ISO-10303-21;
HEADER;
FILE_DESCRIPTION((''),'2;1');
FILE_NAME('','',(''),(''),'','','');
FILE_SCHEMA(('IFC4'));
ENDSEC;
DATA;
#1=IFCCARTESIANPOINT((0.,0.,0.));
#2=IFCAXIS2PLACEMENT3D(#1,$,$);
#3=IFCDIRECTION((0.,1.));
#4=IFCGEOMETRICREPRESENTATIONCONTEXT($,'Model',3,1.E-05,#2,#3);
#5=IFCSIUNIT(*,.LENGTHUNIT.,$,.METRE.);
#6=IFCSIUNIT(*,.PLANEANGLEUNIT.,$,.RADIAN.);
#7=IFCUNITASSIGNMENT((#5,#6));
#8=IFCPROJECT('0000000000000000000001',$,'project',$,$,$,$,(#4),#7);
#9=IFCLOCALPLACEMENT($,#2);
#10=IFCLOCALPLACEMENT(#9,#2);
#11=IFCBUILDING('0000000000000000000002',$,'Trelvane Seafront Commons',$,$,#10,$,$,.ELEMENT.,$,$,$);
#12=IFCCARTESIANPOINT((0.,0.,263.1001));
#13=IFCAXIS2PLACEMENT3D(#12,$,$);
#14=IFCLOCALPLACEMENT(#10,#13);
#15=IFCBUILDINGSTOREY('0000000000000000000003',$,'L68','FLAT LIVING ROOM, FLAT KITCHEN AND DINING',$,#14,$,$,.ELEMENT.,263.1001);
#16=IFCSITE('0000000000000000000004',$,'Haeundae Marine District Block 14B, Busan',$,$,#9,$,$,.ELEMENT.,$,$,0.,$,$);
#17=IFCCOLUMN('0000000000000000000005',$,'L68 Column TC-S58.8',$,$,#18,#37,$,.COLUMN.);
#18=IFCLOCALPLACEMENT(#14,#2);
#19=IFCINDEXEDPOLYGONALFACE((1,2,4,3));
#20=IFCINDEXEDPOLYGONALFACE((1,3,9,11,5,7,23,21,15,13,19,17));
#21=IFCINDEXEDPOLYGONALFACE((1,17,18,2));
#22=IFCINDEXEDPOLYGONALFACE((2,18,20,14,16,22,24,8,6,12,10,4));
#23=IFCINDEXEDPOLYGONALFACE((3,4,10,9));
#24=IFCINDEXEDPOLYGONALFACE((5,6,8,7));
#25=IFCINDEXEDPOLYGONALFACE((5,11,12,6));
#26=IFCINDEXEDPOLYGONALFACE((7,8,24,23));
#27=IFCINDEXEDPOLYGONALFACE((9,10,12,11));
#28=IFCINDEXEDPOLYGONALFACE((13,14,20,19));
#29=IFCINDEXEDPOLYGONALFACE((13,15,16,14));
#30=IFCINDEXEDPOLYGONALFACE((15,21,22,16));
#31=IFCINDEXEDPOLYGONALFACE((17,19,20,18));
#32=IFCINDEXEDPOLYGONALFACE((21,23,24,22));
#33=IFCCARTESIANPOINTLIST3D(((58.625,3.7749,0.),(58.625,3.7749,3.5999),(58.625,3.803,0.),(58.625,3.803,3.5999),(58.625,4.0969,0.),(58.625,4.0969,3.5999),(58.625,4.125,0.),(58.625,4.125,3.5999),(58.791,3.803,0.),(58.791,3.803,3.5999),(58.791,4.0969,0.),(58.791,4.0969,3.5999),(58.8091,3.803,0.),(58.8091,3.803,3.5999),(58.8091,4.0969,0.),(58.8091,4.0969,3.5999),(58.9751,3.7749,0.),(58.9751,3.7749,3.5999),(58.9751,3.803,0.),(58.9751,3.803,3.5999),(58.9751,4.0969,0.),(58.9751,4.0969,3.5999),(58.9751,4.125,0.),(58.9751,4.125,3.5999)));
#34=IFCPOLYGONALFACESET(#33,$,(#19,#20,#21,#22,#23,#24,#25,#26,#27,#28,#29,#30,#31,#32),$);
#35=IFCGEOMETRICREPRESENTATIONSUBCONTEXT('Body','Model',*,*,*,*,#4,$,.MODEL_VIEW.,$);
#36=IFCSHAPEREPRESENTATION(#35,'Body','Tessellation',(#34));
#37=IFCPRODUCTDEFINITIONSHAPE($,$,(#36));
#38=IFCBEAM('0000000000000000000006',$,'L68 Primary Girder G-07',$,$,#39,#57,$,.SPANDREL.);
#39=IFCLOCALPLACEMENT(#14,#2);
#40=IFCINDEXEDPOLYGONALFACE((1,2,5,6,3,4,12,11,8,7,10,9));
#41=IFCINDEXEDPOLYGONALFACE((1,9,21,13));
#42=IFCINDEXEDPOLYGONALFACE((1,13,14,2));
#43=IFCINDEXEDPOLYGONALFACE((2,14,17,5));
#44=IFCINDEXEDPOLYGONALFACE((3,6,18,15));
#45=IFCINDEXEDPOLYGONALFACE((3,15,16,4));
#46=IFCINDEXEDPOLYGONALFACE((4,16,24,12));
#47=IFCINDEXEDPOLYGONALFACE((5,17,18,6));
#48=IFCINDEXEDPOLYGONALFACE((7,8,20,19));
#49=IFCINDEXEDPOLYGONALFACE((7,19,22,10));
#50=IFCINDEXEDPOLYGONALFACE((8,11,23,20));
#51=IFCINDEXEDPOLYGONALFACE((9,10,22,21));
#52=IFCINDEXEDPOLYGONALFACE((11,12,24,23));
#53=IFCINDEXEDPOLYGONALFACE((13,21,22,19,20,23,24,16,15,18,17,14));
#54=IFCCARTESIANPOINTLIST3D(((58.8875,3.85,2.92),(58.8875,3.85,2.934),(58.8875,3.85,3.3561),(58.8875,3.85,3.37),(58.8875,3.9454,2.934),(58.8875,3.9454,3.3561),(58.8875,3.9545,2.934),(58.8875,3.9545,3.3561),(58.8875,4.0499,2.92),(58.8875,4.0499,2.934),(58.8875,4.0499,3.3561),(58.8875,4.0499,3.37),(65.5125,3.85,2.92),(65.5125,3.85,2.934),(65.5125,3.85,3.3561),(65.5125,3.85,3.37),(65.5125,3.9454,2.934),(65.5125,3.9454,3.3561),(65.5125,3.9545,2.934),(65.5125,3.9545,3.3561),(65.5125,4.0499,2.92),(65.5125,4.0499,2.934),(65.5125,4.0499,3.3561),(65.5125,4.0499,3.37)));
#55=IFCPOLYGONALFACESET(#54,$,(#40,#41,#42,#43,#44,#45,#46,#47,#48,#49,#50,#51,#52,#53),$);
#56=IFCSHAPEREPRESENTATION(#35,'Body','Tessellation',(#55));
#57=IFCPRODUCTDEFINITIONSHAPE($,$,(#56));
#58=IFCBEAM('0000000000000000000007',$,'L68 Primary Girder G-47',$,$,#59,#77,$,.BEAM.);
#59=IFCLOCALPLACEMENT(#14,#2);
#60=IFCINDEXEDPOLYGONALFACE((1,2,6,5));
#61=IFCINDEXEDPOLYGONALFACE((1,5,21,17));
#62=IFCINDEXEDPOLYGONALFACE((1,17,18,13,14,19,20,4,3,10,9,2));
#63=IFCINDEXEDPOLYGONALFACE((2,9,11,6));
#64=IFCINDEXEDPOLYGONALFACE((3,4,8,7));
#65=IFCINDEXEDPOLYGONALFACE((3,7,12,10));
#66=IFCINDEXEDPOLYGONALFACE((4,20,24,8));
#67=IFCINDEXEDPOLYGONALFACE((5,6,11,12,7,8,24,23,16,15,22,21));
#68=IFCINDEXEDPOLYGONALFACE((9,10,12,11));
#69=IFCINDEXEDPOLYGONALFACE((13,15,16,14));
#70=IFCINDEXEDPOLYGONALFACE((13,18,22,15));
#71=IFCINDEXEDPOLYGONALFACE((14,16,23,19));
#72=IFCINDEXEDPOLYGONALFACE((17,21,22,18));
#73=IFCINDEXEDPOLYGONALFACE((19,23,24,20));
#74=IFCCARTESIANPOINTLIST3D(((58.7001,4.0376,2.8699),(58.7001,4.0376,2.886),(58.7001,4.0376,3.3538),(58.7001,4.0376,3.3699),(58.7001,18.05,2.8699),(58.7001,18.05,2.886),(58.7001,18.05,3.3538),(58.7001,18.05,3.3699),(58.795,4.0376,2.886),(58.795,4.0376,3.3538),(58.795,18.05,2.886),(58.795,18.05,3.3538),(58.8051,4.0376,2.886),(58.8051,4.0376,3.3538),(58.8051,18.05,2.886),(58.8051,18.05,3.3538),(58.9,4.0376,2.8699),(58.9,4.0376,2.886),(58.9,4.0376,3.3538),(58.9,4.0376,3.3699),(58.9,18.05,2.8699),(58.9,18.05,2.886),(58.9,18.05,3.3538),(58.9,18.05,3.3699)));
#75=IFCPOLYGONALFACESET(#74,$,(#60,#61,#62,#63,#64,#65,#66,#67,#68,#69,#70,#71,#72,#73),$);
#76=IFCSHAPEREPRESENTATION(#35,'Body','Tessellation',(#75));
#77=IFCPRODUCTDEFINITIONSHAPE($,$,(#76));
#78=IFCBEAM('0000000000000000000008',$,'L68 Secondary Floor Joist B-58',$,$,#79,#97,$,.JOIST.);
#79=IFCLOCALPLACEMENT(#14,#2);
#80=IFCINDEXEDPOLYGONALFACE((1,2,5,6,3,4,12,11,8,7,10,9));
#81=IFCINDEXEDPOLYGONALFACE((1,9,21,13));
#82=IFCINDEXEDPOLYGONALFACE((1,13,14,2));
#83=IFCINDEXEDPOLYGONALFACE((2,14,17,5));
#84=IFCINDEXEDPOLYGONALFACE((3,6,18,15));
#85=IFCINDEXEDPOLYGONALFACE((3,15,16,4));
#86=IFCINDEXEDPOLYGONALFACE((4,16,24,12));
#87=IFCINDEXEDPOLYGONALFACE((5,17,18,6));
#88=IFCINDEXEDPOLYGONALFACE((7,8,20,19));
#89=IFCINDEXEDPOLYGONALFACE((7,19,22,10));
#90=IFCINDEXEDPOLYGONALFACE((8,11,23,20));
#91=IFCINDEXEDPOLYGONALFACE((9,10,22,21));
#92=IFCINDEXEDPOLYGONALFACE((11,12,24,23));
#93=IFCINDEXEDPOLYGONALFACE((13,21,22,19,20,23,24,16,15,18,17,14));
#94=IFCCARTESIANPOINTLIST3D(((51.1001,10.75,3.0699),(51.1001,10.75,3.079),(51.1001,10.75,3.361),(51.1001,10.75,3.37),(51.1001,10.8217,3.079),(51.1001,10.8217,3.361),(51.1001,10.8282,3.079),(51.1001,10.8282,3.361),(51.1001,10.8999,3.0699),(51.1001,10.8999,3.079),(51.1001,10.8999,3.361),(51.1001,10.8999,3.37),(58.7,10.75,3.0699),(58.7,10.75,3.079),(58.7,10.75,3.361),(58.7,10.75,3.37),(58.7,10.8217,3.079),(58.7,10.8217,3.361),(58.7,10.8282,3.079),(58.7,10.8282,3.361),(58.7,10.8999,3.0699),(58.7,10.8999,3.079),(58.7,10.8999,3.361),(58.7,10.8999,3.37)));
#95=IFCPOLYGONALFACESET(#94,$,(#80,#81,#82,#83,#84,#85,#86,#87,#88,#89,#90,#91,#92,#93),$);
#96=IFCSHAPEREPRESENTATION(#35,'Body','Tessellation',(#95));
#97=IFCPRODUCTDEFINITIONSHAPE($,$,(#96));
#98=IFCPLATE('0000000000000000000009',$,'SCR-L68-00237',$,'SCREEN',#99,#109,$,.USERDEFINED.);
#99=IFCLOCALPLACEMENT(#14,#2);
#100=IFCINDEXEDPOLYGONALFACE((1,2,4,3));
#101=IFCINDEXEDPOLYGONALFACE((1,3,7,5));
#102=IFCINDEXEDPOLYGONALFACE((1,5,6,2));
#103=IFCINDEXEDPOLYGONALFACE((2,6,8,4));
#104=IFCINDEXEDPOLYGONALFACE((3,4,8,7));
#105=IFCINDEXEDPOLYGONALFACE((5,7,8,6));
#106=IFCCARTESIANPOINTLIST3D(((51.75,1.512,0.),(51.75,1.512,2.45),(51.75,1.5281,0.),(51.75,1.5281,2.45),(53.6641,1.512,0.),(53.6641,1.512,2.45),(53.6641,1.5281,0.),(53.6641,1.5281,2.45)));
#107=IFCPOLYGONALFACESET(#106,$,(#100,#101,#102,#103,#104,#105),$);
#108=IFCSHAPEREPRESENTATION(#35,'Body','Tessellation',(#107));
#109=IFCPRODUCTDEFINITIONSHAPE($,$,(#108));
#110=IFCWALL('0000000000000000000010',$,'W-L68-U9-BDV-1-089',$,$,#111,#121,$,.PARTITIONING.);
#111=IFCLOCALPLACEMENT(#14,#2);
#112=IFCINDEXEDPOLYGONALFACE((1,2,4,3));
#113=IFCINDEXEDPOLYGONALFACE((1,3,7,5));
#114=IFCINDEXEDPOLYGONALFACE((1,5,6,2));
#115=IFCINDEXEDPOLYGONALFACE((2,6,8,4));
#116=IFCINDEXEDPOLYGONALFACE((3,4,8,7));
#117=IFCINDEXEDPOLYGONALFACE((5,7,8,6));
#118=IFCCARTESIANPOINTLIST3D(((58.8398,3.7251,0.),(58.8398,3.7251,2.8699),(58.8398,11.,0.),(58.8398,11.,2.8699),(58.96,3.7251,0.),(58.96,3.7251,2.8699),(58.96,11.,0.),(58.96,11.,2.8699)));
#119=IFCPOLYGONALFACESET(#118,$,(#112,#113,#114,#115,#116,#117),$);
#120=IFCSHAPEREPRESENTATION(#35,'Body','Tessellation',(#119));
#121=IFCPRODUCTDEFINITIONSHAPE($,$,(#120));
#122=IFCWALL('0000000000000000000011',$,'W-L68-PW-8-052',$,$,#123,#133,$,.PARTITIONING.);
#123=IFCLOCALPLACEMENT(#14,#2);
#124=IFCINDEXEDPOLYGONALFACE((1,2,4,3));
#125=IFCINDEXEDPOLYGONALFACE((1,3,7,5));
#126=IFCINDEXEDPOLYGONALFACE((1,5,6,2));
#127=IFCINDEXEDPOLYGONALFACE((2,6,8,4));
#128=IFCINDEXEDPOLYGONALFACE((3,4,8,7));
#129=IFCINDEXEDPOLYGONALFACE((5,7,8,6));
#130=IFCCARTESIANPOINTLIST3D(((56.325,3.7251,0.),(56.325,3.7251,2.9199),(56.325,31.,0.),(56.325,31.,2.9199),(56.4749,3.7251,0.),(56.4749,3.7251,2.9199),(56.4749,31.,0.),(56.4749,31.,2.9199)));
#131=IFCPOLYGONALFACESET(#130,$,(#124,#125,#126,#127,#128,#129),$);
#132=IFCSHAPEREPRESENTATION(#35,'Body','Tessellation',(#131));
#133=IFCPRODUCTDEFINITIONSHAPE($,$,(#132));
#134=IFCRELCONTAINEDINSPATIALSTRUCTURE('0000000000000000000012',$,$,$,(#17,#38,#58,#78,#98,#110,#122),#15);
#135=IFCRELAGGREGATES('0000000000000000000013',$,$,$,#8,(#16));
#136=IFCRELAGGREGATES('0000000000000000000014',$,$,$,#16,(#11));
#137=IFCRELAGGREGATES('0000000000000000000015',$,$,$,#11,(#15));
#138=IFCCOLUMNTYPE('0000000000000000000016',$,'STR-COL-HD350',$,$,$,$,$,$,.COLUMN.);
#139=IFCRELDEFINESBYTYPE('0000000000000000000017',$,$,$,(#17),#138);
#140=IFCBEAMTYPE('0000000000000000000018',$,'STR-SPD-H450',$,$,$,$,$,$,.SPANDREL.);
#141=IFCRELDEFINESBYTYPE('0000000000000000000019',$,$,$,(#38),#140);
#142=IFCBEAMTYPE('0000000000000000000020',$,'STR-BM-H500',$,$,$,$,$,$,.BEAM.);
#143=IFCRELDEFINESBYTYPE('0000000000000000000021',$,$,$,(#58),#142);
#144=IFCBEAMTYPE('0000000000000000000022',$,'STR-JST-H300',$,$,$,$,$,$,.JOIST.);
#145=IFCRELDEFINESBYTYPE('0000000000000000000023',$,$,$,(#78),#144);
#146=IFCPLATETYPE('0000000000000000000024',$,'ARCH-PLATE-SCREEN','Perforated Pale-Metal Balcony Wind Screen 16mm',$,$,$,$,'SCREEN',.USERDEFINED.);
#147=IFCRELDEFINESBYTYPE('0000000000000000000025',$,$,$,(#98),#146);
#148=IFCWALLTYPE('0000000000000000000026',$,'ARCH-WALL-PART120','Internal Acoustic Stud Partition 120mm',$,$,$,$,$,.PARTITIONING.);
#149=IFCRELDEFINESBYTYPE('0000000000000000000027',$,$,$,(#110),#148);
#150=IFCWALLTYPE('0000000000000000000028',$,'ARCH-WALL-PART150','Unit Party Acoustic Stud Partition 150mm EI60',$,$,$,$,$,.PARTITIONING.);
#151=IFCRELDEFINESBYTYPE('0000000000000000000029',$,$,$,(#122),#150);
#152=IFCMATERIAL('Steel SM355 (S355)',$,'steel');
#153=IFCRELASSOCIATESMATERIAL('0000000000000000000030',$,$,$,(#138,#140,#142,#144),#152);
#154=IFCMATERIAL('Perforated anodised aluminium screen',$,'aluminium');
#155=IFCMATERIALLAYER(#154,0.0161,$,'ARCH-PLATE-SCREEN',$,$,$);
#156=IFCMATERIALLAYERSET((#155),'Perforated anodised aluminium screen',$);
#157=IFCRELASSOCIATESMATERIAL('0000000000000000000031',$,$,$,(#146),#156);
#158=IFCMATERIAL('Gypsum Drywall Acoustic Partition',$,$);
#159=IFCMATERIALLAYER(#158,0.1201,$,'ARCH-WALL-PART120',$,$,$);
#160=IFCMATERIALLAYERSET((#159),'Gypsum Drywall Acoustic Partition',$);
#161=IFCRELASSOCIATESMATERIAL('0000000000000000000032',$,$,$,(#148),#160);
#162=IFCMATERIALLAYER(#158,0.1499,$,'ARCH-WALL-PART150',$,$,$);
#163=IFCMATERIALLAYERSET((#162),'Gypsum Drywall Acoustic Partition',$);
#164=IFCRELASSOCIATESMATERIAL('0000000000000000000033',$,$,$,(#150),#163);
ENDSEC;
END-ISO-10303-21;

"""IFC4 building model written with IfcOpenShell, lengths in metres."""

from ifc_helpers import new_model, si_unit, direction, frame, frame_2d, origin, origin_2d, place, context, subcontext, project, spatial, rectangle, i_section, extrude, source, transform, mapped, material, layer, layer_set, material_profile, profile_set, type_object, element, save


model = new_model("IFC4")

# Units and contexts
model_context = context("Model", 3, precision=1e-05, world=origin(), true_north=direction((0.0, 1.0)))
body_context = subcontext(model_context, "Body", "Model", "MODEL_VIEW")
ifc_project = project(units=[si_unit("LENGTHUNIT", "METRE"), si_unit("PLANEANGLEUNIT", "RADIAN")], contexts=[model_context])

# Site, building, storey
site_placement = place(None, origin())
site = spatial("IfcSite", under=ifc_project, at=site_placement, Name="Haeundae Marine District Block 14B, Busan", CompositionType="ELEMENT", RefElevation=0.0)
building_placement = place(site_placement, origin())
building = spatial("IfcBuilding", under=site, at=building_placement, Name="Trelvane Seafront Commons", CompositionType="ELEMENT")
storey_placement = place(building_placement, frame((0.0, 0.0, 263.1001)))
storey = spatial("IfcBuildingStorey", under=building, at=storey_placement, Name="L68", Description="FLAT LIVING ROOM, FLAT KITCHEN AND DINING", CompositionType="ELEMENT", Elevation=263.1001)

# Column
ifc_material_1 = material(Name="Steel SM355 (S355)", Category="steel")
ifc_material_profile_1 = material_profile(ifc_material_1, i_section(OverallWidth=0.3501, OverallDepth=0.3501, WebThickness=0.0181, FlangeThickness=0.0281, at=origin_2d()), Name="HD-350x350x18x28")
ifc_profile_set_1 = profile_set([ifc_material_profile_1], Name="Steel SM355 (S355)")
column_type = type_object("IfcColumnType", Name="STR-COL-HD350", PredefinedType="COLUMN", material=ifc_profile_set_1)
shared_shape_1 = source(origin(), body_context, "Body", "SweptSolid", [
    extrude(i_section(OverallWidth=0.3501, OverallDepth=0.3501, WebThickness=0.0181, FlangeThickness=0.0281, at=origin_2d()), origin(), (0.0, 0.0, 1.0), 3.5999),
])
column_placement = place(storey_placement, frame((58.8, 3.95, 0.0), z_axis=(0.0, 0.0, 1.0), x_axis=(1.0, 0.0, 0.0)))
element("IfcColumn", 1, at=column_placement, inside=storey, type_object=column_type, Name="L68 Column TC-S58.8", PredefinedType="COLUMN", context=body_context, shape_type="MappedRepresentation", body=[
    mapped(shared_shape_1, transform((0.0, 0.0, 0.0), x_axis=(1.0, 0.0, 0.0), y_axis=(0.0, 1.0, 0.0), z_axis=(0.0, 0.0, 1.0), scale=1.0)),
])

# Beams
ifc_material_profile_2 = material_profile(ifc_material_1, i_section(OverallWidth=0.2, OverallDepth=0.45, WebThickness=0.009, FlangeThickness=0.0139, at=origin_2d()), Name="H-450x200x9x14")
ifc_profile_set_2 = profile_set([ifc_material_profile_2], Name="Steel SM355 (S355)")
beam_type_1 = type_object("IfcBeamType", Name="STR-SPD-H450", PredefinedType="SPANDREL", material=ifc_profile_set_2)
shared_shape_2 = source(origin(), body_context, "Body", "SweptSolid", [
    extrude(i_section(OverallWidth=0.2, OverallDepth=0.45, WebThickness=0.009, FlangeThickness=0.0139, at=origin_2d()), origin(), (0.0, 0.0, 1.0), 6.625),
])
beam_1_placement = place(storey_placement, frame((58.8875, 3.95, 3.145), z_axis=(1.0, 0.0, 0.0), x_axis=(0.0, 1.0, 0.0)))
element("IfcBeam", 2, at=beam_1_placement, inside=storey, type_object=beam_type_1, Name="L68 Primary Girder G-07", PredefinedType="SPANDREL", context=body_context, shape_type="MappedRepresentation", body=[
    mapped(shared_shape_2, transform((0.0, 0.0, 0.0), x_axis=(1.0, 0.0, 0.0), y_axis=(0.0, 1.0, 0.0), z_axis=(0.0, 0.0, 1.0), scale=1.0)),
])
ifc_material_profile_3 = material_profile(ifc_material_1, i_section(OverallWidth=0.2, OverallDepth=0.5, WebThickness=0.01, FlangeThickness=0.0161, at=origin_2d()), Name="H-500x200x10x16")
ifc_profile_set_3 = profile_set([ifc_material_profile_3], Name="Steel SM355 (S355)")
beam_type_2 = type_object("IfcBeamType", Name="STR-BM-H500", PredefinedType="BEAM", material=ifc_profile_set_3)
shared_shape_3 = source(origin(), body_context, "Body", "SweptSolid", [
    extrude(i_section(OverallWidth=0.2, OverallDepth=0.5, WebThickness=0.01, FlangeThickness=0.0161, at=origin_2d()), origin(), (0.0, 0.0, 1.0), 14.0125),
])
beam_2_placement = place(storey_placement, frame((58.8, 4.0376, 3.1199), z_axis=(0.0, 1.0, 0.0), x_axis=(-1.0, 0.0, 0.0)))
element("IfcBeam", 3, at=beam_2_placement, inside=storey, type_object=beam_type_2, Name="L68 Primary Girder G-47", PredefinedType="BEAM", context=body_context, shape_type="MappedRepresentation", body=[
    mapped(shared_shape_3, transform((0.0, 0.0, 0.0), x_axis=(1.0, 0.0, 0.0), y_axis=(0.0, 1.0, 0.0), z_axis=(0.0, 0.0, 1.0), scale=1.0)),
])
ifc_material_profile_4 = material_profile(ifc_material_1, i_section(OverallWidth=0.1499, OverallDepth=0.3, WebThickness=0.0066, FlangeThickness=0.009, at=origin_2d()), Name="H-300x150x6.5x9")
ifc_profile_set_4 = profile_set([ifc_material_profile_4], Name="Steel SM355 (S355)")
beam_type_3 = type_object("IfcBeamType", Name="STR-JST-H300", PredefinedType="JOIST", material=ifc_profile_set_4)
shared_shape_4 = source(origin(), body_context, "Body", "SweptSolid", [
    extrude(i_section(OverallWidth=0.1499, OverallDepth=0.3, WebThickness=0.0066, FlangeThickness=0.009, at=origin_2d()), origin(), (0.0, 0.0, 1.0), 7.5999),
])
beam_3_placement = place(storey_placement, frame((51.1001, 10.825, 3.22), z_axis=(1.0, 0.0, 0.0), x_axis=(0.0, 1.0, 0.0)))
element("IfcBeam", 4, at=beam_3_placement, inside=storey, type_object=beam_type_3, Name="L68 Secondary Floor Joist B-58", PredefinedType="JOIST", context=body_context, shape_type="MappedRepresentation", body=[
    mapped(shared_shape_4, transform((0.0, 0.0, 0.0), x_axis=(1.0, 0.0, 0.0), y_axis=(0.0, 1.0, 0.0), z_axis=(0.0, 0.0, 1.0), scale=1.0)),
])

# Plate
ifc_material_2 = material(Name="Perforated anodised aluminium screen", Category="aluminium")
ifc_layer_1 = layer(ifc_material_2, 0.0161, Name="ARCH-PLATE-SCREEN")
ifc_layer_set_1 = layer_set([ifc_layer_1], Name="Perforated anodised aluminium screen")
plate_type = type_object("IfcPlateType", Name="ARCH-PLATE-SCREEN", Description="Perforated Pale-Metal Balcony Wind Screen 16mm", ElementType="SCREEN", PredefinedType="USERDEFINED", material=ifc_layer_set_1)
shared_shape_5 = source(origin(), body_context, "Body", "SweptSolid", [
    extrude(rectangle(XDim=1.9141, YDim=0.0161, at=origin_2d()), origin(), (0.0, 0.0, 1.0), 2.45),
])
plate_placement = place(storey_placement, frame((52.707, 1.52, 0.0), z_axis=(0.0, 0.0, 1.0), x_axis=(1.0, 0.0, 0.0)))
element("IfcPlate", 5, at=plate_placement, inside=storey, type_object=plate_type, Name="SCR-L68-00237", ObjectType="SCREEN", PredefinedType="USERDEFINED", context=body_context, shape_type="MappedRepresentation", body=[
    mapped(shared_shape_5, transform((0.0, 0.0, 0.0), x_axis=(1.0, 0.0, 0.0), y_axis=(0.0, 1.0, 0.0), z_axis=(0.0, 0.0, 1.0), scale=1.0)),
])

# Shared definitions
ifc_material_3 = material(Name="Gypsum Drywall Acoustic Partition")
ifc_layer_2 = layer(ifc_material_3, 0.1201, Name="ARCH-WALL-PART120")
ifc_layer_set_2 = layer_set([ifc_layer_2], Name="Gypsum Drywall Acoustic Partition")
wall_type_1 = type_object("IfcWallType", Name="ARCH-WALL-PART120", Description="Internal Acoustic Stud Partition 120mm", PredefinedType="PARTITIONING", material=ifc_layer_set_2)

# Walls
wall_1_placement = place(storey_placement, frame((58.8999, 3.7251, 0.0), z_axis=(0.0, 0.0, 1.0), x_axis=(0.0, 1.0, 0.0)))
element("IfcWall", 6, at=wall_1_placement, inside=storey, type_object=wall_type_1, Name="W-L68-U9-BDV-1-089", PredefinedType="PARTITIONING", context=body_context, shape_type="SweptSolid", body=[
    extrude(rectangle(XDim=7.2749, YDim=0.1201, at=frame_2d((3.6375, 0.0))), origin(), (0.0, 0.0, 1.0), 2.8699),
])
ifc_layer_3 = layer(ifc_material_3, 0.1499, Name="ARCH-WALL-PART150")
ifc_layer_set_3 = layer_set([ifc_layer_3], Name="Gypsum Drywall Acoustic Partition")
wall_type_2 = type_object("IfcWallType", Name="ARCH-WALL-PART150", Description="Unit Party Acoustic Stud Partition 150mm EI60", PredefinedType="PARTITIONING", material=ifc_layer_set_3)
wall_2_placement = place(storey_placement, frame((56.3999, 3.7251, 0.0), z_axis=(0.0, 0.0, 1.0), x_axis=(0.0, 1.0, 0.0)))
element("IfcWall", 7, at=wall_2_placement, inside=storey, type_object=wall_type_2, Name="W-L68-PW-8-052", PredefinedType="PARTITIONING", context=body_context, shape_type="SweptSolid", body=[
    extrude(rectangle(XDim=27.2749, YDim=0.1499, at=frame_2d((13.6375, 0.0))), origin(), (0.0, 0.0, 1.0), 2.9199),
])

save(model, "model.ifc")
